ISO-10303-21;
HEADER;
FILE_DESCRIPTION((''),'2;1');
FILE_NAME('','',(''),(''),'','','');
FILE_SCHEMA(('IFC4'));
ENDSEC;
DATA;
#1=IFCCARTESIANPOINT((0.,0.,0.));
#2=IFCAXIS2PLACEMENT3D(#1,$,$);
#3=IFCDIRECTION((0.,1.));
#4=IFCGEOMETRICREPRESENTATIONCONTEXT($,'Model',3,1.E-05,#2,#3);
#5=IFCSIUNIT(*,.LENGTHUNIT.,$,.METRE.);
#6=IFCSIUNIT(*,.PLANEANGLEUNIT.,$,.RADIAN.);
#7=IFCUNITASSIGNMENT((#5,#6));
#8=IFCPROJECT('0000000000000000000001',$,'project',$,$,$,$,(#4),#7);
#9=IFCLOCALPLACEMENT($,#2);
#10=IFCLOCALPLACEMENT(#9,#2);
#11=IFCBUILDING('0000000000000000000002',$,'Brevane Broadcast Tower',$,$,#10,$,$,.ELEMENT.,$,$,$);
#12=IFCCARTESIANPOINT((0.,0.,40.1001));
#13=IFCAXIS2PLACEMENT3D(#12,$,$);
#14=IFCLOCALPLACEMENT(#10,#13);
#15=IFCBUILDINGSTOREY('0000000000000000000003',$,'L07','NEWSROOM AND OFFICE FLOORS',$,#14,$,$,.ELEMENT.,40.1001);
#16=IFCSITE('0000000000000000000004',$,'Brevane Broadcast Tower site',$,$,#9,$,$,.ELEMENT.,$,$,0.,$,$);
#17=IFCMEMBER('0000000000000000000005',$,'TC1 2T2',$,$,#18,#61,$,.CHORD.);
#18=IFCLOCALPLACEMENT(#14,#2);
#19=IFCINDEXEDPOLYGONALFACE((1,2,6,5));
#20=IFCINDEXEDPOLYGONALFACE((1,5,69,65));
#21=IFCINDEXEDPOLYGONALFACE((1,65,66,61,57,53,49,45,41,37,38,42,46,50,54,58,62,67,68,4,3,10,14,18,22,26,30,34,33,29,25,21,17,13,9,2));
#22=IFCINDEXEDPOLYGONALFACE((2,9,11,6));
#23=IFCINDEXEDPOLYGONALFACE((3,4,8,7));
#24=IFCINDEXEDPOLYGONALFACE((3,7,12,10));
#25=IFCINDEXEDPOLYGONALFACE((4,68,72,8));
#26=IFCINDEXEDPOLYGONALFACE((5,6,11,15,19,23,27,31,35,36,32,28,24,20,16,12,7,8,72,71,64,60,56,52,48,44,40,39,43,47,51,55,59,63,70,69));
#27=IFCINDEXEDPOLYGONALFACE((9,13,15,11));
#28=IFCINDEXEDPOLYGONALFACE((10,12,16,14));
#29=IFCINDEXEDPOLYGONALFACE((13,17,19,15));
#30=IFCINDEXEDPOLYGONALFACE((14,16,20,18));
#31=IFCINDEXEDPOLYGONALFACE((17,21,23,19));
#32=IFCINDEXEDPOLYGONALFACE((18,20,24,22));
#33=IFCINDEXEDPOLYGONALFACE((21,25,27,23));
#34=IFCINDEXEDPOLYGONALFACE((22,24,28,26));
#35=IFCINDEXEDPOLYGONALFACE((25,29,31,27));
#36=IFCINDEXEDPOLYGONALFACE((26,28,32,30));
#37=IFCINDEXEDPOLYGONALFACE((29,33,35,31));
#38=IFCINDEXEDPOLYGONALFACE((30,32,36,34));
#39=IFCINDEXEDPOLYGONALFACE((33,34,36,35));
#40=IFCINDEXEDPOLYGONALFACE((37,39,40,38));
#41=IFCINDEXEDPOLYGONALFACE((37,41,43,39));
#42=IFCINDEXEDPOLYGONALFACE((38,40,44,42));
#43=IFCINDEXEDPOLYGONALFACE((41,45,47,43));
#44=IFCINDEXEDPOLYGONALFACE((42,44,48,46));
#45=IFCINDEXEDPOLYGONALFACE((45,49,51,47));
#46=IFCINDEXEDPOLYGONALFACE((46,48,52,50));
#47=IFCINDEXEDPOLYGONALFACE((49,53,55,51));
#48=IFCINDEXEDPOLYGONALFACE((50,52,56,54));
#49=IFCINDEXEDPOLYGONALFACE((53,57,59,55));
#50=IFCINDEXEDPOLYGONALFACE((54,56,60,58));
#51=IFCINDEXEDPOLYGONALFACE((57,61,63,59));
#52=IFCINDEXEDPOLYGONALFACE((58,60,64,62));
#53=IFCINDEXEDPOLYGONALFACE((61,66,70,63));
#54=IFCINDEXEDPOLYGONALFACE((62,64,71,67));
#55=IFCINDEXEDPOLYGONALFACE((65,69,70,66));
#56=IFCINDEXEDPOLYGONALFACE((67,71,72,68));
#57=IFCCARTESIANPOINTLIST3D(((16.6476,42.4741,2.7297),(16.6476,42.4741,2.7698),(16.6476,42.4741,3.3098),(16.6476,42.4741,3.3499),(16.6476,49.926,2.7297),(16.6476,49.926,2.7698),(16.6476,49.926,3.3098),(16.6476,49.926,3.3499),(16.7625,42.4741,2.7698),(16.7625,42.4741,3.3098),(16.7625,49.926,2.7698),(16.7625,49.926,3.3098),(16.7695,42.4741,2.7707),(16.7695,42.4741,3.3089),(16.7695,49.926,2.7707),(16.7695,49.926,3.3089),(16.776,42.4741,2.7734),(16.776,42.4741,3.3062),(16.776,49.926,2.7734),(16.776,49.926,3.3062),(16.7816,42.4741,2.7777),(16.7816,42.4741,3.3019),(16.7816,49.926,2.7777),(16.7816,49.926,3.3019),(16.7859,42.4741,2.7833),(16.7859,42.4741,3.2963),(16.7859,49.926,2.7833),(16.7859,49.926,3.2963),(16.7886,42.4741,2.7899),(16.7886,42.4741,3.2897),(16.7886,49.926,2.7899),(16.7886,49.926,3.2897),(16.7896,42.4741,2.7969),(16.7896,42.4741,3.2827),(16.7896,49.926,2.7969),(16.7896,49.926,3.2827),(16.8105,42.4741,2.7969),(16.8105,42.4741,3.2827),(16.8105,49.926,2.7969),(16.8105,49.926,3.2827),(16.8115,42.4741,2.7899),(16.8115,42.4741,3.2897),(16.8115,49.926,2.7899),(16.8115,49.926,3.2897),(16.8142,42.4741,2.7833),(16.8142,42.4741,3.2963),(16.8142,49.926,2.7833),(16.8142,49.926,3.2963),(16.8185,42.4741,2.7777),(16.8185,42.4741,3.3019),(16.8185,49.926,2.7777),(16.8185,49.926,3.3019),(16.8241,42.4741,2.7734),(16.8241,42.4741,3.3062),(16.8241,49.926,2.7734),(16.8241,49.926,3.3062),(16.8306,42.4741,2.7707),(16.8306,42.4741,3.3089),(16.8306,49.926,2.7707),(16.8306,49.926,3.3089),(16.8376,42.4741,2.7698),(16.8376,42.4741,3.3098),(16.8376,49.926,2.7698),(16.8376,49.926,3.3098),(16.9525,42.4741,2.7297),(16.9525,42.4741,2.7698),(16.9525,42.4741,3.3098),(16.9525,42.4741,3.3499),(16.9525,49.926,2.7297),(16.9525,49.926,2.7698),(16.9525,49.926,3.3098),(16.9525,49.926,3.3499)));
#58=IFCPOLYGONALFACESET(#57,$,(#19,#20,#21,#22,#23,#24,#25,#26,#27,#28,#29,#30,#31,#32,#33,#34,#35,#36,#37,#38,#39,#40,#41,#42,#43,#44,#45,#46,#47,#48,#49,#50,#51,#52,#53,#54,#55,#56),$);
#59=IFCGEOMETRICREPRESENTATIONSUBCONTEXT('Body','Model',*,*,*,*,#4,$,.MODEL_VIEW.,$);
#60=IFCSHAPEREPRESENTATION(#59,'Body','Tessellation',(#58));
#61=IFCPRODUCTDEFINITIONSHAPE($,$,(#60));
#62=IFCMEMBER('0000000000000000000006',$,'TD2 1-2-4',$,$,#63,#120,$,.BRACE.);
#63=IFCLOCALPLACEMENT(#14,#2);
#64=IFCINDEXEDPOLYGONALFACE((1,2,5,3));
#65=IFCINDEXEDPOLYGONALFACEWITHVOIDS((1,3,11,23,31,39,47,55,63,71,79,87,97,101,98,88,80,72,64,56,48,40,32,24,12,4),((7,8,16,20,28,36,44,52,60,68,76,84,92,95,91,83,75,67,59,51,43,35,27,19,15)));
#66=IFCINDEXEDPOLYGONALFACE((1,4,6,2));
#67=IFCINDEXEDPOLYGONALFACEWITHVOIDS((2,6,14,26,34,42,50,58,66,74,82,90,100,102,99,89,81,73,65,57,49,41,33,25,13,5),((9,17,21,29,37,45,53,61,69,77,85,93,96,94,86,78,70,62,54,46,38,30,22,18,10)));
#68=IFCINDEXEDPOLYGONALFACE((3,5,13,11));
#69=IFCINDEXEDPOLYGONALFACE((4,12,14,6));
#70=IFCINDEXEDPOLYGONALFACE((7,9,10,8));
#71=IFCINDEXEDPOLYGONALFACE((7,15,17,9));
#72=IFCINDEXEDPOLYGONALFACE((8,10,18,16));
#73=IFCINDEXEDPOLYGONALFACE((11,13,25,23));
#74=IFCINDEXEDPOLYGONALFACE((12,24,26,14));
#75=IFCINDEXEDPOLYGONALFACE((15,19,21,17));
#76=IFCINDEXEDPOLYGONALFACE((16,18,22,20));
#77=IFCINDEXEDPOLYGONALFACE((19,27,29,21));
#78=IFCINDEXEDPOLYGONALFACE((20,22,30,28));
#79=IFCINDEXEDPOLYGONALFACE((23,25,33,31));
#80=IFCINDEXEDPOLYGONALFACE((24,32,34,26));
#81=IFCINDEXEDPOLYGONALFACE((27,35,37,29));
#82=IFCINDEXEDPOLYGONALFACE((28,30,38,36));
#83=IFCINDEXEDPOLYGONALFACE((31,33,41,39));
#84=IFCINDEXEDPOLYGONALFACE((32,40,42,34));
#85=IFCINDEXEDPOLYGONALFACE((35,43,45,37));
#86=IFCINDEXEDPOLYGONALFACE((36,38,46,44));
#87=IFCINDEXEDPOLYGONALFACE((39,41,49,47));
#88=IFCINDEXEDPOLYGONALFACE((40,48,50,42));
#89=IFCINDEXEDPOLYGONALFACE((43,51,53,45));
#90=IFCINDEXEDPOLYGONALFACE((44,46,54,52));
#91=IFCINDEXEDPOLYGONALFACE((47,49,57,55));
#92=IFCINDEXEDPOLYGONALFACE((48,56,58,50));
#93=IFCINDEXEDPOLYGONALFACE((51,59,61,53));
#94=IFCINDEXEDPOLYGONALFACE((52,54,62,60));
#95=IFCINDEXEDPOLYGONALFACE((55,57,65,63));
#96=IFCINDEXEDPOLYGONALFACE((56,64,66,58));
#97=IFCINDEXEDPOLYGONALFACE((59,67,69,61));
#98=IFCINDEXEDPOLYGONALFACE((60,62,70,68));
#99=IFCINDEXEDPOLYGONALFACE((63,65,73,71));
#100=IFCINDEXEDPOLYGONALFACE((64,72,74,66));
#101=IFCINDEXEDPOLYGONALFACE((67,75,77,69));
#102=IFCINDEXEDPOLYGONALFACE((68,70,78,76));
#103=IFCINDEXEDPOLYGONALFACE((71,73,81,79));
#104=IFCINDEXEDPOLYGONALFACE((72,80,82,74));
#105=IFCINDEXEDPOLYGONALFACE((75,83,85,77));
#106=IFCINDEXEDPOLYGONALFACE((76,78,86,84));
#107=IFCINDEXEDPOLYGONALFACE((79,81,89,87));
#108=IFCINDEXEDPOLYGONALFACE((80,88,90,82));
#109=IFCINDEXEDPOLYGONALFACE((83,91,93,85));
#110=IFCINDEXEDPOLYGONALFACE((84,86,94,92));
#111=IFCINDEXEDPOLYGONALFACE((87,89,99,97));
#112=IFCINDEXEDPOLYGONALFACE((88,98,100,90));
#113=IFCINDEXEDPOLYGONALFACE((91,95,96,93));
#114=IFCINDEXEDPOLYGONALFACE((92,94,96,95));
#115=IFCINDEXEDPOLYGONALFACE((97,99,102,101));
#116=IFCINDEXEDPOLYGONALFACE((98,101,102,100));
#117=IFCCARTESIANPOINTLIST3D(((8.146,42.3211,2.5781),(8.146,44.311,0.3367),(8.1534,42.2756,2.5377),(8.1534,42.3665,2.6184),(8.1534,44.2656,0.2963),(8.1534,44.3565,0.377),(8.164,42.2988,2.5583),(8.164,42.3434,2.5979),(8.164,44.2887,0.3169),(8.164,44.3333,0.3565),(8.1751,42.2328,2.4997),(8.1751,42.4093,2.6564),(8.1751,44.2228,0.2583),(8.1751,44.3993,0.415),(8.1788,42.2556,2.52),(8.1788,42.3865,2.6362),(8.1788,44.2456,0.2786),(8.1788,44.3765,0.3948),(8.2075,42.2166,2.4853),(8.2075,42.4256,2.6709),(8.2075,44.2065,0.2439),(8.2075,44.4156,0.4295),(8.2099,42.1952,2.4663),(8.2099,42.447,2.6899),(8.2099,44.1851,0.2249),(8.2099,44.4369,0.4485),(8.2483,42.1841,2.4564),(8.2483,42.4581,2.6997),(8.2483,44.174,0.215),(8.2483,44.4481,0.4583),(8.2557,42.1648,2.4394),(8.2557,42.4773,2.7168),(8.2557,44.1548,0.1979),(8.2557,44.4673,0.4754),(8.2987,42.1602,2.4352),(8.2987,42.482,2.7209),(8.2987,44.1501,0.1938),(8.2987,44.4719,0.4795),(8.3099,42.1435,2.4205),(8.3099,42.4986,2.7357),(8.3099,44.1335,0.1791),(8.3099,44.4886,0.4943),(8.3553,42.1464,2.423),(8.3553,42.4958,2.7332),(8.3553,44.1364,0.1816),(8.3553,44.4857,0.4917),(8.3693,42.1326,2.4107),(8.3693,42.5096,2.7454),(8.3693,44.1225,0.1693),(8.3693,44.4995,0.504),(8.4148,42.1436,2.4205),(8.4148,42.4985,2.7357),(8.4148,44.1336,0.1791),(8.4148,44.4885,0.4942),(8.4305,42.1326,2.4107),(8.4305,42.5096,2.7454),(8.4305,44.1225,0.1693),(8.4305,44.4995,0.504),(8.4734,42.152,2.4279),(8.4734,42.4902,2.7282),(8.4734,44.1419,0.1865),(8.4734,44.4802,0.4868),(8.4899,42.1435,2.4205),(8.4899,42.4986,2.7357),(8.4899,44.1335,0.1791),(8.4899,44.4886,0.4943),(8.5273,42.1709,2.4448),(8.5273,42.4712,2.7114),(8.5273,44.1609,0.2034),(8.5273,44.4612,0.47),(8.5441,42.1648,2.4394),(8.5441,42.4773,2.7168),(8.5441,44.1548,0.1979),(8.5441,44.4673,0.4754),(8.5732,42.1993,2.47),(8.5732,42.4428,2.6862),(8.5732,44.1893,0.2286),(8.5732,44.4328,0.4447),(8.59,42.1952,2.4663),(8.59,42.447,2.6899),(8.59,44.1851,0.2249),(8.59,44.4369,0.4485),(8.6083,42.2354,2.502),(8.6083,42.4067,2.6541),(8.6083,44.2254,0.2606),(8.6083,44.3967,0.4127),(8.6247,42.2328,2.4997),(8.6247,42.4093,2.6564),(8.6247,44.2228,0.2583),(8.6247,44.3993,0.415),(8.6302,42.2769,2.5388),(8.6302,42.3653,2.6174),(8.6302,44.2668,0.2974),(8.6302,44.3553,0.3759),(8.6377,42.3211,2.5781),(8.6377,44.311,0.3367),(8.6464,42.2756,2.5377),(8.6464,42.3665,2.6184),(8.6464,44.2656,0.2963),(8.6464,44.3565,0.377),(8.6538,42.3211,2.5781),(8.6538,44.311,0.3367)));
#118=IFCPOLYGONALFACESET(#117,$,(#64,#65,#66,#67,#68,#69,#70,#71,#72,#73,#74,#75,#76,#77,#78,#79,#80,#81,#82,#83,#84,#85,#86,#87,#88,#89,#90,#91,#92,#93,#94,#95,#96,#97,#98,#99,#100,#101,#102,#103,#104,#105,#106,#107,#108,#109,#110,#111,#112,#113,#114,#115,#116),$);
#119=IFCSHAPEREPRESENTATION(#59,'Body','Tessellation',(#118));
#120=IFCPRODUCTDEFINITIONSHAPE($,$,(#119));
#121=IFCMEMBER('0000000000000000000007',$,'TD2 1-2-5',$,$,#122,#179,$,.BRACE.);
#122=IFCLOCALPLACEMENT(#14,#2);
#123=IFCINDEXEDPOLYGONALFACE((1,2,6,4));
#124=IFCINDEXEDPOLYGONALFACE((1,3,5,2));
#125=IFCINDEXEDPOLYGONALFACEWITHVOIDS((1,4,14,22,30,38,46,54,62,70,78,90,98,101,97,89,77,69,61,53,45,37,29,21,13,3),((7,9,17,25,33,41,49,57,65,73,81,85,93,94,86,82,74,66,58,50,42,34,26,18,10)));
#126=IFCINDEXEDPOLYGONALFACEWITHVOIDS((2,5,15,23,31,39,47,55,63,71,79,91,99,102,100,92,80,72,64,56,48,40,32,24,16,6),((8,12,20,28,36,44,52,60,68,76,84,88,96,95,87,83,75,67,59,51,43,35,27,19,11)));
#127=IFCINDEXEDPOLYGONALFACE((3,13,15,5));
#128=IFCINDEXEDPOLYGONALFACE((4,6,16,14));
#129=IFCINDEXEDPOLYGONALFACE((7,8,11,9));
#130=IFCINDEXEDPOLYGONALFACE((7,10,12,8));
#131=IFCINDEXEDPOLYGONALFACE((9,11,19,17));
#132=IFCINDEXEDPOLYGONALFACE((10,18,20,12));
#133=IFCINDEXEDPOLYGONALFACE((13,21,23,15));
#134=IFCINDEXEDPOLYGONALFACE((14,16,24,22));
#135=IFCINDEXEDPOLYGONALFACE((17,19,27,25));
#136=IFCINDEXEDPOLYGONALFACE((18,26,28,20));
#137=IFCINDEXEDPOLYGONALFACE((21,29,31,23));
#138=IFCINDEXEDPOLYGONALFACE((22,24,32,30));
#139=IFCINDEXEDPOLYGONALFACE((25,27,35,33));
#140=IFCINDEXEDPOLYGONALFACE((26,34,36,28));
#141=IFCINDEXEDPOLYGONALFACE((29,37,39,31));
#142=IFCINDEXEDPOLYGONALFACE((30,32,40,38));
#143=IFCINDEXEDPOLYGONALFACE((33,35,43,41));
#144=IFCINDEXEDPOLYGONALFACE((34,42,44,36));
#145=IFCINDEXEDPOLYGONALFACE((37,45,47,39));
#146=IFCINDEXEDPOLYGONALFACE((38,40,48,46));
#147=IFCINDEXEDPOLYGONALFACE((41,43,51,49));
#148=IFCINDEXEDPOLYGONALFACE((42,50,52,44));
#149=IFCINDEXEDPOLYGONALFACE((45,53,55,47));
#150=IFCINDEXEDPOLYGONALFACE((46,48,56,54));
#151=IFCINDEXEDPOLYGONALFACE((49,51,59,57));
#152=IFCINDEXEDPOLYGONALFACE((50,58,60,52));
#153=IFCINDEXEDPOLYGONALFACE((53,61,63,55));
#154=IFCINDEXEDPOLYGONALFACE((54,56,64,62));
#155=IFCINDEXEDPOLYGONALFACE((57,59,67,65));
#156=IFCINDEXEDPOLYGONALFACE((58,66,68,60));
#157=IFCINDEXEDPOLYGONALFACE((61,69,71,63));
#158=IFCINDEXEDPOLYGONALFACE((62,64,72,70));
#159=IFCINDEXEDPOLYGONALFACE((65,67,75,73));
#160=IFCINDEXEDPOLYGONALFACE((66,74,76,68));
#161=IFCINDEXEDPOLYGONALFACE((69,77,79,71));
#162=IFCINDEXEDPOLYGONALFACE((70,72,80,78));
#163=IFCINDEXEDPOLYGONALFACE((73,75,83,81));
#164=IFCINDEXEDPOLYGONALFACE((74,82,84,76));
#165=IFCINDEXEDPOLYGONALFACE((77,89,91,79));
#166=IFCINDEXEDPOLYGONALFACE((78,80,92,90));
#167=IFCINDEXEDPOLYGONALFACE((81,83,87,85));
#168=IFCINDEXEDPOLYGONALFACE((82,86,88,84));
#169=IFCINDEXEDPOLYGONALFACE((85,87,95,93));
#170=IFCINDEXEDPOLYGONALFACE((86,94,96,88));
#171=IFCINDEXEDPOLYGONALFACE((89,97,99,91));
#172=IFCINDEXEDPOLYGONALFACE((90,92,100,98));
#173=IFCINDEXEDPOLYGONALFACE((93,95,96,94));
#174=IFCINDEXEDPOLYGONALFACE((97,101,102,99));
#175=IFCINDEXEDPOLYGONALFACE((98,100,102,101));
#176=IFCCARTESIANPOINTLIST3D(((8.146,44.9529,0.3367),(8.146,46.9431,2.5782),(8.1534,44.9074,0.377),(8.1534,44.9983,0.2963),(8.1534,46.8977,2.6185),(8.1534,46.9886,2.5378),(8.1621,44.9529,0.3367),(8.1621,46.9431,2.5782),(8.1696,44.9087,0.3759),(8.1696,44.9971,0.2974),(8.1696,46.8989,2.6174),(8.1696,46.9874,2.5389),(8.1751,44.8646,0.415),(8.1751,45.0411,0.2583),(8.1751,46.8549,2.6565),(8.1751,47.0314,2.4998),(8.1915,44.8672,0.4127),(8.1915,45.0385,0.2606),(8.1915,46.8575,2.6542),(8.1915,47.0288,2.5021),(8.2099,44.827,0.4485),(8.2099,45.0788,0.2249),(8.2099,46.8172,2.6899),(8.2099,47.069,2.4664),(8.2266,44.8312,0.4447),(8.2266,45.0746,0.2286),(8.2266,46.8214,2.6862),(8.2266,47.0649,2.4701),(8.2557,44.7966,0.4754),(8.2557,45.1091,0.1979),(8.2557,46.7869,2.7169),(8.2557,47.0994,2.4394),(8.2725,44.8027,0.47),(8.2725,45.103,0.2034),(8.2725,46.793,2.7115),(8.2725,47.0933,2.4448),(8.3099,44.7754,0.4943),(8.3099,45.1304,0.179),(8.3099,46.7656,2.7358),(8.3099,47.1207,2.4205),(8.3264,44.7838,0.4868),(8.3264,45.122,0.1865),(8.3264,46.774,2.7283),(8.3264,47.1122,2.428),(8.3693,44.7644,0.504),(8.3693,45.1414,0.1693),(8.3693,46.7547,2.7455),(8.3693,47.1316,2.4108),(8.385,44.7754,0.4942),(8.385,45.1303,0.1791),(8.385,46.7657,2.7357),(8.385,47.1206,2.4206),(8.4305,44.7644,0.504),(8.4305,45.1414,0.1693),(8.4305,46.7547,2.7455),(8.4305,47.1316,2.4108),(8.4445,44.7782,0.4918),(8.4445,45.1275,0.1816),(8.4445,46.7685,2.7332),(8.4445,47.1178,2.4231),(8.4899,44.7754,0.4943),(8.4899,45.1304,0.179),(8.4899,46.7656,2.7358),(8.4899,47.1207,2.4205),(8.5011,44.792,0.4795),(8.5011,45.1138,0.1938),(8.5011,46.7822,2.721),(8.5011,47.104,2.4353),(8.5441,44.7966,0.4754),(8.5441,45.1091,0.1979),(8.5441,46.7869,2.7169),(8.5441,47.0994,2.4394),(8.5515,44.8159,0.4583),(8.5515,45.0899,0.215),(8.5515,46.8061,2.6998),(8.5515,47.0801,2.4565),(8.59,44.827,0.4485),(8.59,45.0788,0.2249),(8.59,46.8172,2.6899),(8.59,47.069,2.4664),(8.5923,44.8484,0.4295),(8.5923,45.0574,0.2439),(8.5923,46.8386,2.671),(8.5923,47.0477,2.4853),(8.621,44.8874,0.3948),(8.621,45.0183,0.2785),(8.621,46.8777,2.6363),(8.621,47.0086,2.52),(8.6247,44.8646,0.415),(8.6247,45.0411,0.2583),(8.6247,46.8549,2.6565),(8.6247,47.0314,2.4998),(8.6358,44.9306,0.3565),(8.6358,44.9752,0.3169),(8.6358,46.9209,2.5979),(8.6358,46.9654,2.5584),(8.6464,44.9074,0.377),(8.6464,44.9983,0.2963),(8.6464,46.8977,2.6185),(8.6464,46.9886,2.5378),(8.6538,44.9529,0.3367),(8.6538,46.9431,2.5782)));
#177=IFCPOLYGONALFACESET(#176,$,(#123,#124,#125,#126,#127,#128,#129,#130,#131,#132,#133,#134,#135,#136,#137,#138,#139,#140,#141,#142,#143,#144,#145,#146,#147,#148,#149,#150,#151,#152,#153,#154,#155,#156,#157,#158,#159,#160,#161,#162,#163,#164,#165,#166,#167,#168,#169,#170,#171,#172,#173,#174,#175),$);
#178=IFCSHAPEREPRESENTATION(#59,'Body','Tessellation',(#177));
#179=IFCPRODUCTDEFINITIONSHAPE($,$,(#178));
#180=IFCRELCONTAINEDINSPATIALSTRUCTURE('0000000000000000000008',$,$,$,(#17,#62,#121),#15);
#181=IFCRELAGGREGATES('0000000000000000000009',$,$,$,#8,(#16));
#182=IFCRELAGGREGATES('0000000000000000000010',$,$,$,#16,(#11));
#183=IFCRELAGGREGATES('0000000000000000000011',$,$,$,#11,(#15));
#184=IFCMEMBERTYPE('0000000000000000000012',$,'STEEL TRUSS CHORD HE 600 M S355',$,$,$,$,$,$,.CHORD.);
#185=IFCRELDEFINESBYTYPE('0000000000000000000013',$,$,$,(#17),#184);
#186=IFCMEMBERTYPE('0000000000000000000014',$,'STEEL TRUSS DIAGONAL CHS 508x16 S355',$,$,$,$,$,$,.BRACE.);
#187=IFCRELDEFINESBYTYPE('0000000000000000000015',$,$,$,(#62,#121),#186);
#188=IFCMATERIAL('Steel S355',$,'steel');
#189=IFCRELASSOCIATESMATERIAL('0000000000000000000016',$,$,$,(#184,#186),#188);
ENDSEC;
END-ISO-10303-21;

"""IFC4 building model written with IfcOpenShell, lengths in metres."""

from ifc_helpers import new_model, si_unit, direction, frame, origin, origin_2d, place, context, subcontext, project, spatial, hollow_circle, i_section, extrude, material, material_profile, profile_set, type_object, element, save


model = new_model("IFC4")

# Units and contexts
model_context = context("Model", 3, precision=1e-05, world=origin(), true_north=direction((0.0, 1.0)))
body_context = subcontext(model_context, "Body", "Model", "MODEL_VIEW")
ifc_project = project(units=[si_unit("LENGTHUNIT", "METRE"), si_unit("PLANEANGLEUNIT", "RADIAN")], contexts=[model_context])

# Site, building, storey
site_placement = place(None, origin())
site = spatial("IfcSite", under=ifc_project, at=site_placement, Name="Brevane Broadcast Tower site", CompositionType="ELEMENT", RefElevation=0.0)
building_placement = place(site_placement, origin())
building = spatial("IfcBuilding", under=site, at=building_placement, Name="Brevane Broadcast Tower", CompositionType="ELEMENT")
storey_placement = place(building_placement, frame((0.0, 0.0, 40.1001)))
storey = spatial("IfcBuildingStorey", under=building, at=storey_placement, Name="L07", Description="NEWSROOM AND OFFICE FLOORS", CompositionType="ELEMENT", Elevation=40.1001)

# Shared definitions
ifc_material_1 = material(Name="Steel S355", Category="steel")

# Members
ifc_material_profile_1 = material_profile(ifc_material_1, i_section(OverallWidth=0.3049, OverallDepth=0.6201, WebThickness=0.021, FlangeThickness=0.04, FilletRadius=0.0271, at=origin_2d()), Name="HE 600 M")
ifc_profile_set_1 = profile_set([ifc_material_profile_1], Name="Steel S355")
member_type_1 = type_object("IfcMemberType", Name="STEEL TRUSS CHORD HE 600 M S355", PredefinedType="CHORD", material=ifc_profile_set_1)
for number, where, z_axis, x_axis, name in (
    (1, (16.8, 42.4741, 3.0398), (0.0, 1.0, 0.0), (-1.0, 0.0, 0.0), "TC1 2T2"),
):
    element("IfcMember", number, at=place(storey_placement, frame(where, z_axis=z_axis, x_axis=x_axis)), inside=storey, type_object=member_type_1, Name=name, PredefinedType="CHORD", context=body_context, shape_type="SweptSolid", body=[
        extrude(i_section(OverallWidth=0.3049, OverallDepth=0.6201, WebThickness=0.021, FlangeThickness=0.04, FilletRadius=0.0271, at=origin_2d()), origin(), (0.0, 0.0, 1.0), 7.4519),
    ])
ifc_material_profile_2 = material_profile(ifc_material_1, hollow_circle(Radius=0.2539, WallThickness=0.0161, at=origin_2d()), Name="CHS 508x16")
ifc_profile_set_2 = profile_set([ifc_material_profile_2], Name="Steel S355")
member_type_2 = type_object("IfcMemberType", Name="STEEL TRUSS DIAGONAL CHS 508x16 S355", PredefinedType="BRACE", material=ifc_profile_set_2)
member_1_placement = place(storey_placement, frame((8.3999, 44.311, 0.3367), z_axis=(0.0, -0.663914, 0.747809), x_axis=(1.0, 0.0, 0.0)))
element("IfcMember", 2, at=member_1_placement, inside=storey, type_object=member_type_2, Name="TD2 1-2-4", PredefinedType="BRACE", context=body_context, shape_type="SweptSolid", body=[
    extrude(hollow_circle(Radius=0.2539, WallThickness=0.0161, at=origin_2d()), origin(), (0.0, 0.0, 1.0), 2.9973),
])
member_2_placement = place(storey_placement, frame((8.3999, 44.9529, 0.3367), z_axis=(0.0, 0.663959, 0.747769), x_axis=(-1.0, 0.0, 0.0)))
element("IfcMember", 3, at=member_2_placement, inside=storey, type_object=member_type_2, Name="TD2 1-2-5", PredefinedType="BRACE", context=body_context, shape_type="SweptSolid", body=[
    extrude(hollow_circle(Radius=0.2539, WallThickness=0.0161, at=origin_2d()), origin(), (0.0, 0.0, 1.0), 2.9976),
])

save(model, "model.ifc")
